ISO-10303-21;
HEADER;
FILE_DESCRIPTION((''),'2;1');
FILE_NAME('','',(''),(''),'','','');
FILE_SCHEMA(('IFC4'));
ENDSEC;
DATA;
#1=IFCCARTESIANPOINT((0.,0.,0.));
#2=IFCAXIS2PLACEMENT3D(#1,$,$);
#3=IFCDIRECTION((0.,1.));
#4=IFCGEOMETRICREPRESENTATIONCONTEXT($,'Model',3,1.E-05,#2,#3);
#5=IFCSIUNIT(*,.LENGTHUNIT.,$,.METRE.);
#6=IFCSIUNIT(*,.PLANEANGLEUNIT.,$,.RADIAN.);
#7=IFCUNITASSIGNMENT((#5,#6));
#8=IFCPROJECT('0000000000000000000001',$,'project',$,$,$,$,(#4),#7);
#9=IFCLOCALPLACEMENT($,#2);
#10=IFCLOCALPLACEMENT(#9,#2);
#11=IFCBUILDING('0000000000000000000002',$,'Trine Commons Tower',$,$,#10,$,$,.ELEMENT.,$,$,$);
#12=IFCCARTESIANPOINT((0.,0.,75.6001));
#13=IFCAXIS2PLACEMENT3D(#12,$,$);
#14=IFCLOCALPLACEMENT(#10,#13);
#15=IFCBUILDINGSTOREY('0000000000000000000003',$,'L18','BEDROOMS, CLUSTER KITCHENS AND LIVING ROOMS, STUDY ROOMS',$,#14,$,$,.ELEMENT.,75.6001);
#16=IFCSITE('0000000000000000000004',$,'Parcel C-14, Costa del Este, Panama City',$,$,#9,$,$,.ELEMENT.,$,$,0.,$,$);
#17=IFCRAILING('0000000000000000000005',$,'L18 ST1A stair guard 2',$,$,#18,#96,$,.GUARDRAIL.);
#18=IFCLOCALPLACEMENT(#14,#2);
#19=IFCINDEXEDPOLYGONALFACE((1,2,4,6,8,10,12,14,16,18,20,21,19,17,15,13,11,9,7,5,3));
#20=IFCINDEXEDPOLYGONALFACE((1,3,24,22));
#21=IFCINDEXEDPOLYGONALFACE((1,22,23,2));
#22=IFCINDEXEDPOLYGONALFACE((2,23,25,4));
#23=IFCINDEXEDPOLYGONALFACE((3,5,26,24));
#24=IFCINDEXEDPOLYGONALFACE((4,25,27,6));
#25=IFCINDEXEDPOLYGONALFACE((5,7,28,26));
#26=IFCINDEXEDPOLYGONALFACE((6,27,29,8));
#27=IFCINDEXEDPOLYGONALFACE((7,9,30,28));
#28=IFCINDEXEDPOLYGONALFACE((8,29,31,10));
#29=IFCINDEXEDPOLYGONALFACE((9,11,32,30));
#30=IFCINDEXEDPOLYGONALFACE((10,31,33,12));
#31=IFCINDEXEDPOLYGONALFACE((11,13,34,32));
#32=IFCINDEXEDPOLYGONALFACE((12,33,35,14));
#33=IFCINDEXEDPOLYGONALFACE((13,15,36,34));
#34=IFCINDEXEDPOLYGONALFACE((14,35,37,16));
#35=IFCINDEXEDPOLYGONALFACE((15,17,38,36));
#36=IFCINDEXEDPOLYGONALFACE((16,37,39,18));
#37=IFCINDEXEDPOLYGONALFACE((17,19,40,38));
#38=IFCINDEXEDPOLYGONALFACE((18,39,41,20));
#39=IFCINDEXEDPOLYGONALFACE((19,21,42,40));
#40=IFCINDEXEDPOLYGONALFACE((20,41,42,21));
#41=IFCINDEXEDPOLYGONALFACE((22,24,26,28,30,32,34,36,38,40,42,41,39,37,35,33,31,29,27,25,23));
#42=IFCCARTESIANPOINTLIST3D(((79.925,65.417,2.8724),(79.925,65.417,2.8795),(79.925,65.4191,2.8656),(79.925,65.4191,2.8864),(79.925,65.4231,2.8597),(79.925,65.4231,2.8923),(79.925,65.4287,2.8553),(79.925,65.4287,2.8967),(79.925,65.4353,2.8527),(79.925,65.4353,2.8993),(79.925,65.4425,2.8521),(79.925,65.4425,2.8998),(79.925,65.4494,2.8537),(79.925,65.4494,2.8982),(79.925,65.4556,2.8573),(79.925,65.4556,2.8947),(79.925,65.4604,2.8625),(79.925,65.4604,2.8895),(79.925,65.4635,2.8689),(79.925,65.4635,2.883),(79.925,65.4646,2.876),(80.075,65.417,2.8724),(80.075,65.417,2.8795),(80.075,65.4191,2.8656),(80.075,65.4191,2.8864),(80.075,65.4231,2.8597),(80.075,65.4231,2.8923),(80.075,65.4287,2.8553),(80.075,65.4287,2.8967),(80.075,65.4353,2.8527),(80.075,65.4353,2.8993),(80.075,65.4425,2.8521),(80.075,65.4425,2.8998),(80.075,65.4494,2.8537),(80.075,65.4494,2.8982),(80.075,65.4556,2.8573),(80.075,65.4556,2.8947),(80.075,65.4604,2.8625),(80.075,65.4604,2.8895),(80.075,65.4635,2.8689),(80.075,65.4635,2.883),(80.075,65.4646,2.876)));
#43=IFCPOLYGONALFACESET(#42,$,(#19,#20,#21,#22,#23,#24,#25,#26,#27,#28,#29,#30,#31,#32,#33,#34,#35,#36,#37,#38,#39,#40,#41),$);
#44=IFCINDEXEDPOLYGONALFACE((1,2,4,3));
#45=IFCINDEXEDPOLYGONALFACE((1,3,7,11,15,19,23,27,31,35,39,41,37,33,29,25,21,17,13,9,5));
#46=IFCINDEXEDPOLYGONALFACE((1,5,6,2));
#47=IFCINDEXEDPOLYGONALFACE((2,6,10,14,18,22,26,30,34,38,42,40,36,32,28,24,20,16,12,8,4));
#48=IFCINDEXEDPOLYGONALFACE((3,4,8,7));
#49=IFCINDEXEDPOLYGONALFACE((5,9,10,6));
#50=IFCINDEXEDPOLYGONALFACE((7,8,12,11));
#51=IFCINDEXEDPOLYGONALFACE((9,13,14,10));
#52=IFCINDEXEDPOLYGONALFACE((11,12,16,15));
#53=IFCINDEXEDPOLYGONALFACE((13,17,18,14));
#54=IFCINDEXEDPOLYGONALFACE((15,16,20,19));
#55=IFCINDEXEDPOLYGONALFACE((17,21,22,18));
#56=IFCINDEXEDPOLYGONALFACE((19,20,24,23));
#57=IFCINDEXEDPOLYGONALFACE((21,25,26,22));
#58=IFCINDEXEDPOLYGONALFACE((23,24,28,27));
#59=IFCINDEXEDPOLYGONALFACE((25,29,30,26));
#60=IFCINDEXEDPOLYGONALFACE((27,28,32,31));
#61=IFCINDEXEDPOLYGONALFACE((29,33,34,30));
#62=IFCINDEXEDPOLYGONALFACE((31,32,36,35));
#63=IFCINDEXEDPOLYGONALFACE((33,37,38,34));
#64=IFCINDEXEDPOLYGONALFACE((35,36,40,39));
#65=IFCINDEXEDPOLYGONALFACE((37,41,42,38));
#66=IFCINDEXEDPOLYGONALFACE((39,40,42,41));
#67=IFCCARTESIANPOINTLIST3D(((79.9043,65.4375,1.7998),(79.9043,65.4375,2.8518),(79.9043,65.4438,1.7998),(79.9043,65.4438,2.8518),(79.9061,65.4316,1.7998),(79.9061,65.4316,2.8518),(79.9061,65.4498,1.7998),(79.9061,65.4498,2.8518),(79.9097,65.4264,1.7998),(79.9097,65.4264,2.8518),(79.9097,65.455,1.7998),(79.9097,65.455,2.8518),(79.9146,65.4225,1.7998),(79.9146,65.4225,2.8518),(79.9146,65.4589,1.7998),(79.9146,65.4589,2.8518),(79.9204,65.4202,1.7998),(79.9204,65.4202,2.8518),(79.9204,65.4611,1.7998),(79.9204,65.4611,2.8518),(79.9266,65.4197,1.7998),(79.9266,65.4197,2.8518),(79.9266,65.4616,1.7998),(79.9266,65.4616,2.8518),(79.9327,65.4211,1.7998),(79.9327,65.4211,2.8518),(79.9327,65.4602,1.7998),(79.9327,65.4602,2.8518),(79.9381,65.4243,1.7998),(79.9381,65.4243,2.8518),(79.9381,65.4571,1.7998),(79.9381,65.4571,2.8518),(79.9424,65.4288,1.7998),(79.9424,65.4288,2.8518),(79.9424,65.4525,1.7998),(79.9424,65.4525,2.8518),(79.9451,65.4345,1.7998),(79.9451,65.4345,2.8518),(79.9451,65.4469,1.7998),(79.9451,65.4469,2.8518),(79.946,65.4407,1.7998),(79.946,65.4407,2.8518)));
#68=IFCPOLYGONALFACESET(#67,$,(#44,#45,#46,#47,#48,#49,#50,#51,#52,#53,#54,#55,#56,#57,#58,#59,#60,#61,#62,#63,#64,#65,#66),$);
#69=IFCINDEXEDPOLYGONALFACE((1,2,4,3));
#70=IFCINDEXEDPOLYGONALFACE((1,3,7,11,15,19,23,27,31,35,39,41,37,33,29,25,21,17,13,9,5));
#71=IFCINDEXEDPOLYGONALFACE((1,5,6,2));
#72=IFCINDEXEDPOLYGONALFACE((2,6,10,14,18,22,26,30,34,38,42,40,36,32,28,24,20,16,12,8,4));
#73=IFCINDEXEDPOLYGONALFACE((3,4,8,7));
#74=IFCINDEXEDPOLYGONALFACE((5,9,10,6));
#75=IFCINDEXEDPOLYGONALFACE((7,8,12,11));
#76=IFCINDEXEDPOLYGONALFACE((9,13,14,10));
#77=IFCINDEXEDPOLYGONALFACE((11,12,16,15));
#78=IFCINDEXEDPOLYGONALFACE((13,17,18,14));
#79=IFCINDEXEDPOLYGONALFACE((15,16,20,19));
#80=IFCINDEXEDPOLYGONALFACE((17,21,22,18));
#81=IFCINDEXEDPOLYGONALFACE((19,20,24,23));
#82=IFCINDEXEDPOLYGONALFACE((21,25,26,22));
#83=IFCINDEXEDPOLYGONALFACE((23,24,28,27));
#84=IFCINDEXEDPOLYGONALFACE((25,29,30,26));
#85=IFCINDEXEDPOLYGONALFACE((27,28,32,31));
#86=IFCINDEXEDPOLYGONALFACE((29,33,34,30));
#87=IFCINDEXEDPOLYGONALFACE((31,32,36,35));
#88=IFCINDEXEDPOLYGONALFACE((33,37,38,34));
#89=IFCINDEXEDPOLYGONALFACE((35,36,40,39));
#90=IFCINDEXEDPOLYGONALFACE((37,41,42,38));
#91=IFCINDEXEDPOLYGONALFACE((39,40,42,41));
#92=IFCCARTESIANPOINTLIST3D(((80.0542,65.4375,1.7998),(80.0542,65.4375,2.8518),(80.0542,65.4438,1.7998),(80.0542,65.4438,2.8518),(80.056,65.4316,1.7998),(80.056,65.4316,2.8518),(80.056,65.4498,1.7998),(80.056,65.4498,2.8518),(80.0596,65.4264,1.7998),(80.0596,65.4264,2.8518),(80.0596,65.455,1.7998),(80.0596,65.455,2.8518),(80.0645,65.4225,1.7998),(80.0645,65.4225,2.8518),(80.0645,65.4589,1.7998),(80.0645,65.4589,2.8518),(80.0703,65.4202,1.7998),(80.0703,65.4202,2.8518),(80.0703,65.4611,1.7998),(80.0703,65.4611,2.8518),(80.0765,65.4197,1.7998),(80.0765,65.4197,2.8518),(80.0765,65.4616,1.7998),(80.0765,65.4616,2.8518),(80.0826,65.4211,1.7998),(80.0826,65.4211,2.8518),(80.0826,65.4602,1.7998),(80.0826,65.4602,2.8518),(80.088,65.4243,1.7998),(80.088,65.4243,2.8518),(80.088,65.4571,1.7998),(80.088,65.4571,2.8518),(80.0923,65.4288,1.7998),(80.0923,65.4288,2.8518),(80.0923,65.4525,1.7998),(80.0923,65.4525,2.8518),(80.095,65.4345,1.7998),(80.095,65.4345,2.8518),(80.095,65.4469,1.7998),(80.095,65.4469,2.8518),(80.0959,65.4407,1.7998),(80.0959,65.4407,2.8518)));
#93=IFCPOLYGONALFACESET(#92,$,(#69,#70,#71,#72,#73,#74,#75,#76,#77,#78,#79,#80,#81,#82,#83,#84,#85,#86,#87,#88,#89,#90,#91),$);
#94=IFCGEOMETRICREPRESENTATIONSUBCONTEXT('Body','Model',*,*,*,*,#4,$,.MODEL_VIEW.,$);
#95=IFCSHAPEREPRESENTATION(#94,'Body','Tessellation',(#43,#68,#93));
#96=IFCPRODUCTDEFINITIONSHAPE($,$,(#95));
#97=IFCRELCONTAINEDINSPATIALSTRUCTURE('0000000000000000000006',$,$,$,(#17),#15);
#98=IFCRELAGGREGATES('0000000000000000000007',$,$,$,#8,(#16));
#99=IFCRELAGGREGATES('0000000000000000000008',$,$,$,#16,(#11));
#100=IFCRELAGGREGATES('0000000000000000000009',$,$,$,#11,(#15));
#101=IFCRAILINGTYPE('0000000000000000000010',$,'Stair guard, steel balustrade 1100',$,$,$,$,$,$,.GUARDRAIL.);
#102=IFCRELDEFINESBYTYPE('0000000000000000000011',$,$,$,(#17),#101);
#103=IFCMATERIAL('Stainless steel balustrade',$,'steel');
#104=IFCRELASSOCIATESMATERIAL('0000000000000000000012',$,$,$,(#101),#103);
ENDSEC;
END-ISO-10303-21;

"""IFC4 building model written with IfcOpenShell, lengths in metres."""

from ifc_helpers import new_model, si_unit, direction, frame, origin, origin_2d, place, context, subcontext, project, spatial, circle, extrude, material, type_object, element, save


model = new_model("IFC4")

# Units and contexts
model_context = context("Model", 3, precision=1e-05, world=origin(), true_north=direction((0.0, 1.0)))
body_context = subcontext(model_context, "Body", "Model", "MODEL_VIEW")
ifc_project = project(units=[si_unit("LENGTHUNIT", "METRE"), si_unit("PLANEANGLEUNIT", "RADIAN")], contexts=[model_context])

# Site, building, storey
site_placement = place(None, origin())
site = spatial("IfcSite", under=ifc_project, at=site_placement, Name="Parcel C-14, Costa del Este, Panama City", CompositionType="ELEMENT", RefElevation=0.0)
building_placement = place(site_placement, origin())
building = spatial("IfcBuilding", under=site, at=building_placement, Name="Trine Commons Tower", CompositionType="ELEMENT")
storey_placement = place(building_placement, frame((0.0, 0.0, 75.6001)))
storey = spatial("IfcBuildingStorey", under=building, at=storey_placement, Name="L18", Description="BEDROOMS, CLUSTER KITCHENS AND LIVING ROOMS, STUDY ROOMS", CompositionType="ELEMENT", Elevation=75.6001)

# Railing
ifc_material_1 = material(Name="Stainless steel balustrade", Category="steel")
railing_type_1 = type_object("IfcRailingType", Name="Stair guard, steel balustrade 1100", PredefinedType="GUARDRAIL", material=ifc_material_1)
railing_1_placement = place(storey_placement, frame((79.925, 65.4407, 1.7998)))
element("IfcRailing", 1, at=railing_1_placement, inside=storey, type_object=railing_type_1, Name="L18 ST1A stair guard 2", PredefinedType="GUARDRAIL", context=body_context, shape_type="SweptSolid", body=[
    extrude(circle(Radius=0.0239, at=origin_2d()), frame((0.0, 0.0, 1.0762), z_axis=(1.0, 0.0, 0.0), x_axis=(0.0, 1.0, 0.0)), (0.0, 0.0, 1.0), 0.1499),
    extrude(circle(Radius=0.021, at=origin_2d()), origin(), (0.0, 0.0, 1.0), 1.052),
    extrude(circle(Radius=0.021, at=origin_2d()), frame((0.1499, 0.0, 0.0)), (0.0, 0.0, 1.0), 1.052),
])

save(model, "model.ifc")
